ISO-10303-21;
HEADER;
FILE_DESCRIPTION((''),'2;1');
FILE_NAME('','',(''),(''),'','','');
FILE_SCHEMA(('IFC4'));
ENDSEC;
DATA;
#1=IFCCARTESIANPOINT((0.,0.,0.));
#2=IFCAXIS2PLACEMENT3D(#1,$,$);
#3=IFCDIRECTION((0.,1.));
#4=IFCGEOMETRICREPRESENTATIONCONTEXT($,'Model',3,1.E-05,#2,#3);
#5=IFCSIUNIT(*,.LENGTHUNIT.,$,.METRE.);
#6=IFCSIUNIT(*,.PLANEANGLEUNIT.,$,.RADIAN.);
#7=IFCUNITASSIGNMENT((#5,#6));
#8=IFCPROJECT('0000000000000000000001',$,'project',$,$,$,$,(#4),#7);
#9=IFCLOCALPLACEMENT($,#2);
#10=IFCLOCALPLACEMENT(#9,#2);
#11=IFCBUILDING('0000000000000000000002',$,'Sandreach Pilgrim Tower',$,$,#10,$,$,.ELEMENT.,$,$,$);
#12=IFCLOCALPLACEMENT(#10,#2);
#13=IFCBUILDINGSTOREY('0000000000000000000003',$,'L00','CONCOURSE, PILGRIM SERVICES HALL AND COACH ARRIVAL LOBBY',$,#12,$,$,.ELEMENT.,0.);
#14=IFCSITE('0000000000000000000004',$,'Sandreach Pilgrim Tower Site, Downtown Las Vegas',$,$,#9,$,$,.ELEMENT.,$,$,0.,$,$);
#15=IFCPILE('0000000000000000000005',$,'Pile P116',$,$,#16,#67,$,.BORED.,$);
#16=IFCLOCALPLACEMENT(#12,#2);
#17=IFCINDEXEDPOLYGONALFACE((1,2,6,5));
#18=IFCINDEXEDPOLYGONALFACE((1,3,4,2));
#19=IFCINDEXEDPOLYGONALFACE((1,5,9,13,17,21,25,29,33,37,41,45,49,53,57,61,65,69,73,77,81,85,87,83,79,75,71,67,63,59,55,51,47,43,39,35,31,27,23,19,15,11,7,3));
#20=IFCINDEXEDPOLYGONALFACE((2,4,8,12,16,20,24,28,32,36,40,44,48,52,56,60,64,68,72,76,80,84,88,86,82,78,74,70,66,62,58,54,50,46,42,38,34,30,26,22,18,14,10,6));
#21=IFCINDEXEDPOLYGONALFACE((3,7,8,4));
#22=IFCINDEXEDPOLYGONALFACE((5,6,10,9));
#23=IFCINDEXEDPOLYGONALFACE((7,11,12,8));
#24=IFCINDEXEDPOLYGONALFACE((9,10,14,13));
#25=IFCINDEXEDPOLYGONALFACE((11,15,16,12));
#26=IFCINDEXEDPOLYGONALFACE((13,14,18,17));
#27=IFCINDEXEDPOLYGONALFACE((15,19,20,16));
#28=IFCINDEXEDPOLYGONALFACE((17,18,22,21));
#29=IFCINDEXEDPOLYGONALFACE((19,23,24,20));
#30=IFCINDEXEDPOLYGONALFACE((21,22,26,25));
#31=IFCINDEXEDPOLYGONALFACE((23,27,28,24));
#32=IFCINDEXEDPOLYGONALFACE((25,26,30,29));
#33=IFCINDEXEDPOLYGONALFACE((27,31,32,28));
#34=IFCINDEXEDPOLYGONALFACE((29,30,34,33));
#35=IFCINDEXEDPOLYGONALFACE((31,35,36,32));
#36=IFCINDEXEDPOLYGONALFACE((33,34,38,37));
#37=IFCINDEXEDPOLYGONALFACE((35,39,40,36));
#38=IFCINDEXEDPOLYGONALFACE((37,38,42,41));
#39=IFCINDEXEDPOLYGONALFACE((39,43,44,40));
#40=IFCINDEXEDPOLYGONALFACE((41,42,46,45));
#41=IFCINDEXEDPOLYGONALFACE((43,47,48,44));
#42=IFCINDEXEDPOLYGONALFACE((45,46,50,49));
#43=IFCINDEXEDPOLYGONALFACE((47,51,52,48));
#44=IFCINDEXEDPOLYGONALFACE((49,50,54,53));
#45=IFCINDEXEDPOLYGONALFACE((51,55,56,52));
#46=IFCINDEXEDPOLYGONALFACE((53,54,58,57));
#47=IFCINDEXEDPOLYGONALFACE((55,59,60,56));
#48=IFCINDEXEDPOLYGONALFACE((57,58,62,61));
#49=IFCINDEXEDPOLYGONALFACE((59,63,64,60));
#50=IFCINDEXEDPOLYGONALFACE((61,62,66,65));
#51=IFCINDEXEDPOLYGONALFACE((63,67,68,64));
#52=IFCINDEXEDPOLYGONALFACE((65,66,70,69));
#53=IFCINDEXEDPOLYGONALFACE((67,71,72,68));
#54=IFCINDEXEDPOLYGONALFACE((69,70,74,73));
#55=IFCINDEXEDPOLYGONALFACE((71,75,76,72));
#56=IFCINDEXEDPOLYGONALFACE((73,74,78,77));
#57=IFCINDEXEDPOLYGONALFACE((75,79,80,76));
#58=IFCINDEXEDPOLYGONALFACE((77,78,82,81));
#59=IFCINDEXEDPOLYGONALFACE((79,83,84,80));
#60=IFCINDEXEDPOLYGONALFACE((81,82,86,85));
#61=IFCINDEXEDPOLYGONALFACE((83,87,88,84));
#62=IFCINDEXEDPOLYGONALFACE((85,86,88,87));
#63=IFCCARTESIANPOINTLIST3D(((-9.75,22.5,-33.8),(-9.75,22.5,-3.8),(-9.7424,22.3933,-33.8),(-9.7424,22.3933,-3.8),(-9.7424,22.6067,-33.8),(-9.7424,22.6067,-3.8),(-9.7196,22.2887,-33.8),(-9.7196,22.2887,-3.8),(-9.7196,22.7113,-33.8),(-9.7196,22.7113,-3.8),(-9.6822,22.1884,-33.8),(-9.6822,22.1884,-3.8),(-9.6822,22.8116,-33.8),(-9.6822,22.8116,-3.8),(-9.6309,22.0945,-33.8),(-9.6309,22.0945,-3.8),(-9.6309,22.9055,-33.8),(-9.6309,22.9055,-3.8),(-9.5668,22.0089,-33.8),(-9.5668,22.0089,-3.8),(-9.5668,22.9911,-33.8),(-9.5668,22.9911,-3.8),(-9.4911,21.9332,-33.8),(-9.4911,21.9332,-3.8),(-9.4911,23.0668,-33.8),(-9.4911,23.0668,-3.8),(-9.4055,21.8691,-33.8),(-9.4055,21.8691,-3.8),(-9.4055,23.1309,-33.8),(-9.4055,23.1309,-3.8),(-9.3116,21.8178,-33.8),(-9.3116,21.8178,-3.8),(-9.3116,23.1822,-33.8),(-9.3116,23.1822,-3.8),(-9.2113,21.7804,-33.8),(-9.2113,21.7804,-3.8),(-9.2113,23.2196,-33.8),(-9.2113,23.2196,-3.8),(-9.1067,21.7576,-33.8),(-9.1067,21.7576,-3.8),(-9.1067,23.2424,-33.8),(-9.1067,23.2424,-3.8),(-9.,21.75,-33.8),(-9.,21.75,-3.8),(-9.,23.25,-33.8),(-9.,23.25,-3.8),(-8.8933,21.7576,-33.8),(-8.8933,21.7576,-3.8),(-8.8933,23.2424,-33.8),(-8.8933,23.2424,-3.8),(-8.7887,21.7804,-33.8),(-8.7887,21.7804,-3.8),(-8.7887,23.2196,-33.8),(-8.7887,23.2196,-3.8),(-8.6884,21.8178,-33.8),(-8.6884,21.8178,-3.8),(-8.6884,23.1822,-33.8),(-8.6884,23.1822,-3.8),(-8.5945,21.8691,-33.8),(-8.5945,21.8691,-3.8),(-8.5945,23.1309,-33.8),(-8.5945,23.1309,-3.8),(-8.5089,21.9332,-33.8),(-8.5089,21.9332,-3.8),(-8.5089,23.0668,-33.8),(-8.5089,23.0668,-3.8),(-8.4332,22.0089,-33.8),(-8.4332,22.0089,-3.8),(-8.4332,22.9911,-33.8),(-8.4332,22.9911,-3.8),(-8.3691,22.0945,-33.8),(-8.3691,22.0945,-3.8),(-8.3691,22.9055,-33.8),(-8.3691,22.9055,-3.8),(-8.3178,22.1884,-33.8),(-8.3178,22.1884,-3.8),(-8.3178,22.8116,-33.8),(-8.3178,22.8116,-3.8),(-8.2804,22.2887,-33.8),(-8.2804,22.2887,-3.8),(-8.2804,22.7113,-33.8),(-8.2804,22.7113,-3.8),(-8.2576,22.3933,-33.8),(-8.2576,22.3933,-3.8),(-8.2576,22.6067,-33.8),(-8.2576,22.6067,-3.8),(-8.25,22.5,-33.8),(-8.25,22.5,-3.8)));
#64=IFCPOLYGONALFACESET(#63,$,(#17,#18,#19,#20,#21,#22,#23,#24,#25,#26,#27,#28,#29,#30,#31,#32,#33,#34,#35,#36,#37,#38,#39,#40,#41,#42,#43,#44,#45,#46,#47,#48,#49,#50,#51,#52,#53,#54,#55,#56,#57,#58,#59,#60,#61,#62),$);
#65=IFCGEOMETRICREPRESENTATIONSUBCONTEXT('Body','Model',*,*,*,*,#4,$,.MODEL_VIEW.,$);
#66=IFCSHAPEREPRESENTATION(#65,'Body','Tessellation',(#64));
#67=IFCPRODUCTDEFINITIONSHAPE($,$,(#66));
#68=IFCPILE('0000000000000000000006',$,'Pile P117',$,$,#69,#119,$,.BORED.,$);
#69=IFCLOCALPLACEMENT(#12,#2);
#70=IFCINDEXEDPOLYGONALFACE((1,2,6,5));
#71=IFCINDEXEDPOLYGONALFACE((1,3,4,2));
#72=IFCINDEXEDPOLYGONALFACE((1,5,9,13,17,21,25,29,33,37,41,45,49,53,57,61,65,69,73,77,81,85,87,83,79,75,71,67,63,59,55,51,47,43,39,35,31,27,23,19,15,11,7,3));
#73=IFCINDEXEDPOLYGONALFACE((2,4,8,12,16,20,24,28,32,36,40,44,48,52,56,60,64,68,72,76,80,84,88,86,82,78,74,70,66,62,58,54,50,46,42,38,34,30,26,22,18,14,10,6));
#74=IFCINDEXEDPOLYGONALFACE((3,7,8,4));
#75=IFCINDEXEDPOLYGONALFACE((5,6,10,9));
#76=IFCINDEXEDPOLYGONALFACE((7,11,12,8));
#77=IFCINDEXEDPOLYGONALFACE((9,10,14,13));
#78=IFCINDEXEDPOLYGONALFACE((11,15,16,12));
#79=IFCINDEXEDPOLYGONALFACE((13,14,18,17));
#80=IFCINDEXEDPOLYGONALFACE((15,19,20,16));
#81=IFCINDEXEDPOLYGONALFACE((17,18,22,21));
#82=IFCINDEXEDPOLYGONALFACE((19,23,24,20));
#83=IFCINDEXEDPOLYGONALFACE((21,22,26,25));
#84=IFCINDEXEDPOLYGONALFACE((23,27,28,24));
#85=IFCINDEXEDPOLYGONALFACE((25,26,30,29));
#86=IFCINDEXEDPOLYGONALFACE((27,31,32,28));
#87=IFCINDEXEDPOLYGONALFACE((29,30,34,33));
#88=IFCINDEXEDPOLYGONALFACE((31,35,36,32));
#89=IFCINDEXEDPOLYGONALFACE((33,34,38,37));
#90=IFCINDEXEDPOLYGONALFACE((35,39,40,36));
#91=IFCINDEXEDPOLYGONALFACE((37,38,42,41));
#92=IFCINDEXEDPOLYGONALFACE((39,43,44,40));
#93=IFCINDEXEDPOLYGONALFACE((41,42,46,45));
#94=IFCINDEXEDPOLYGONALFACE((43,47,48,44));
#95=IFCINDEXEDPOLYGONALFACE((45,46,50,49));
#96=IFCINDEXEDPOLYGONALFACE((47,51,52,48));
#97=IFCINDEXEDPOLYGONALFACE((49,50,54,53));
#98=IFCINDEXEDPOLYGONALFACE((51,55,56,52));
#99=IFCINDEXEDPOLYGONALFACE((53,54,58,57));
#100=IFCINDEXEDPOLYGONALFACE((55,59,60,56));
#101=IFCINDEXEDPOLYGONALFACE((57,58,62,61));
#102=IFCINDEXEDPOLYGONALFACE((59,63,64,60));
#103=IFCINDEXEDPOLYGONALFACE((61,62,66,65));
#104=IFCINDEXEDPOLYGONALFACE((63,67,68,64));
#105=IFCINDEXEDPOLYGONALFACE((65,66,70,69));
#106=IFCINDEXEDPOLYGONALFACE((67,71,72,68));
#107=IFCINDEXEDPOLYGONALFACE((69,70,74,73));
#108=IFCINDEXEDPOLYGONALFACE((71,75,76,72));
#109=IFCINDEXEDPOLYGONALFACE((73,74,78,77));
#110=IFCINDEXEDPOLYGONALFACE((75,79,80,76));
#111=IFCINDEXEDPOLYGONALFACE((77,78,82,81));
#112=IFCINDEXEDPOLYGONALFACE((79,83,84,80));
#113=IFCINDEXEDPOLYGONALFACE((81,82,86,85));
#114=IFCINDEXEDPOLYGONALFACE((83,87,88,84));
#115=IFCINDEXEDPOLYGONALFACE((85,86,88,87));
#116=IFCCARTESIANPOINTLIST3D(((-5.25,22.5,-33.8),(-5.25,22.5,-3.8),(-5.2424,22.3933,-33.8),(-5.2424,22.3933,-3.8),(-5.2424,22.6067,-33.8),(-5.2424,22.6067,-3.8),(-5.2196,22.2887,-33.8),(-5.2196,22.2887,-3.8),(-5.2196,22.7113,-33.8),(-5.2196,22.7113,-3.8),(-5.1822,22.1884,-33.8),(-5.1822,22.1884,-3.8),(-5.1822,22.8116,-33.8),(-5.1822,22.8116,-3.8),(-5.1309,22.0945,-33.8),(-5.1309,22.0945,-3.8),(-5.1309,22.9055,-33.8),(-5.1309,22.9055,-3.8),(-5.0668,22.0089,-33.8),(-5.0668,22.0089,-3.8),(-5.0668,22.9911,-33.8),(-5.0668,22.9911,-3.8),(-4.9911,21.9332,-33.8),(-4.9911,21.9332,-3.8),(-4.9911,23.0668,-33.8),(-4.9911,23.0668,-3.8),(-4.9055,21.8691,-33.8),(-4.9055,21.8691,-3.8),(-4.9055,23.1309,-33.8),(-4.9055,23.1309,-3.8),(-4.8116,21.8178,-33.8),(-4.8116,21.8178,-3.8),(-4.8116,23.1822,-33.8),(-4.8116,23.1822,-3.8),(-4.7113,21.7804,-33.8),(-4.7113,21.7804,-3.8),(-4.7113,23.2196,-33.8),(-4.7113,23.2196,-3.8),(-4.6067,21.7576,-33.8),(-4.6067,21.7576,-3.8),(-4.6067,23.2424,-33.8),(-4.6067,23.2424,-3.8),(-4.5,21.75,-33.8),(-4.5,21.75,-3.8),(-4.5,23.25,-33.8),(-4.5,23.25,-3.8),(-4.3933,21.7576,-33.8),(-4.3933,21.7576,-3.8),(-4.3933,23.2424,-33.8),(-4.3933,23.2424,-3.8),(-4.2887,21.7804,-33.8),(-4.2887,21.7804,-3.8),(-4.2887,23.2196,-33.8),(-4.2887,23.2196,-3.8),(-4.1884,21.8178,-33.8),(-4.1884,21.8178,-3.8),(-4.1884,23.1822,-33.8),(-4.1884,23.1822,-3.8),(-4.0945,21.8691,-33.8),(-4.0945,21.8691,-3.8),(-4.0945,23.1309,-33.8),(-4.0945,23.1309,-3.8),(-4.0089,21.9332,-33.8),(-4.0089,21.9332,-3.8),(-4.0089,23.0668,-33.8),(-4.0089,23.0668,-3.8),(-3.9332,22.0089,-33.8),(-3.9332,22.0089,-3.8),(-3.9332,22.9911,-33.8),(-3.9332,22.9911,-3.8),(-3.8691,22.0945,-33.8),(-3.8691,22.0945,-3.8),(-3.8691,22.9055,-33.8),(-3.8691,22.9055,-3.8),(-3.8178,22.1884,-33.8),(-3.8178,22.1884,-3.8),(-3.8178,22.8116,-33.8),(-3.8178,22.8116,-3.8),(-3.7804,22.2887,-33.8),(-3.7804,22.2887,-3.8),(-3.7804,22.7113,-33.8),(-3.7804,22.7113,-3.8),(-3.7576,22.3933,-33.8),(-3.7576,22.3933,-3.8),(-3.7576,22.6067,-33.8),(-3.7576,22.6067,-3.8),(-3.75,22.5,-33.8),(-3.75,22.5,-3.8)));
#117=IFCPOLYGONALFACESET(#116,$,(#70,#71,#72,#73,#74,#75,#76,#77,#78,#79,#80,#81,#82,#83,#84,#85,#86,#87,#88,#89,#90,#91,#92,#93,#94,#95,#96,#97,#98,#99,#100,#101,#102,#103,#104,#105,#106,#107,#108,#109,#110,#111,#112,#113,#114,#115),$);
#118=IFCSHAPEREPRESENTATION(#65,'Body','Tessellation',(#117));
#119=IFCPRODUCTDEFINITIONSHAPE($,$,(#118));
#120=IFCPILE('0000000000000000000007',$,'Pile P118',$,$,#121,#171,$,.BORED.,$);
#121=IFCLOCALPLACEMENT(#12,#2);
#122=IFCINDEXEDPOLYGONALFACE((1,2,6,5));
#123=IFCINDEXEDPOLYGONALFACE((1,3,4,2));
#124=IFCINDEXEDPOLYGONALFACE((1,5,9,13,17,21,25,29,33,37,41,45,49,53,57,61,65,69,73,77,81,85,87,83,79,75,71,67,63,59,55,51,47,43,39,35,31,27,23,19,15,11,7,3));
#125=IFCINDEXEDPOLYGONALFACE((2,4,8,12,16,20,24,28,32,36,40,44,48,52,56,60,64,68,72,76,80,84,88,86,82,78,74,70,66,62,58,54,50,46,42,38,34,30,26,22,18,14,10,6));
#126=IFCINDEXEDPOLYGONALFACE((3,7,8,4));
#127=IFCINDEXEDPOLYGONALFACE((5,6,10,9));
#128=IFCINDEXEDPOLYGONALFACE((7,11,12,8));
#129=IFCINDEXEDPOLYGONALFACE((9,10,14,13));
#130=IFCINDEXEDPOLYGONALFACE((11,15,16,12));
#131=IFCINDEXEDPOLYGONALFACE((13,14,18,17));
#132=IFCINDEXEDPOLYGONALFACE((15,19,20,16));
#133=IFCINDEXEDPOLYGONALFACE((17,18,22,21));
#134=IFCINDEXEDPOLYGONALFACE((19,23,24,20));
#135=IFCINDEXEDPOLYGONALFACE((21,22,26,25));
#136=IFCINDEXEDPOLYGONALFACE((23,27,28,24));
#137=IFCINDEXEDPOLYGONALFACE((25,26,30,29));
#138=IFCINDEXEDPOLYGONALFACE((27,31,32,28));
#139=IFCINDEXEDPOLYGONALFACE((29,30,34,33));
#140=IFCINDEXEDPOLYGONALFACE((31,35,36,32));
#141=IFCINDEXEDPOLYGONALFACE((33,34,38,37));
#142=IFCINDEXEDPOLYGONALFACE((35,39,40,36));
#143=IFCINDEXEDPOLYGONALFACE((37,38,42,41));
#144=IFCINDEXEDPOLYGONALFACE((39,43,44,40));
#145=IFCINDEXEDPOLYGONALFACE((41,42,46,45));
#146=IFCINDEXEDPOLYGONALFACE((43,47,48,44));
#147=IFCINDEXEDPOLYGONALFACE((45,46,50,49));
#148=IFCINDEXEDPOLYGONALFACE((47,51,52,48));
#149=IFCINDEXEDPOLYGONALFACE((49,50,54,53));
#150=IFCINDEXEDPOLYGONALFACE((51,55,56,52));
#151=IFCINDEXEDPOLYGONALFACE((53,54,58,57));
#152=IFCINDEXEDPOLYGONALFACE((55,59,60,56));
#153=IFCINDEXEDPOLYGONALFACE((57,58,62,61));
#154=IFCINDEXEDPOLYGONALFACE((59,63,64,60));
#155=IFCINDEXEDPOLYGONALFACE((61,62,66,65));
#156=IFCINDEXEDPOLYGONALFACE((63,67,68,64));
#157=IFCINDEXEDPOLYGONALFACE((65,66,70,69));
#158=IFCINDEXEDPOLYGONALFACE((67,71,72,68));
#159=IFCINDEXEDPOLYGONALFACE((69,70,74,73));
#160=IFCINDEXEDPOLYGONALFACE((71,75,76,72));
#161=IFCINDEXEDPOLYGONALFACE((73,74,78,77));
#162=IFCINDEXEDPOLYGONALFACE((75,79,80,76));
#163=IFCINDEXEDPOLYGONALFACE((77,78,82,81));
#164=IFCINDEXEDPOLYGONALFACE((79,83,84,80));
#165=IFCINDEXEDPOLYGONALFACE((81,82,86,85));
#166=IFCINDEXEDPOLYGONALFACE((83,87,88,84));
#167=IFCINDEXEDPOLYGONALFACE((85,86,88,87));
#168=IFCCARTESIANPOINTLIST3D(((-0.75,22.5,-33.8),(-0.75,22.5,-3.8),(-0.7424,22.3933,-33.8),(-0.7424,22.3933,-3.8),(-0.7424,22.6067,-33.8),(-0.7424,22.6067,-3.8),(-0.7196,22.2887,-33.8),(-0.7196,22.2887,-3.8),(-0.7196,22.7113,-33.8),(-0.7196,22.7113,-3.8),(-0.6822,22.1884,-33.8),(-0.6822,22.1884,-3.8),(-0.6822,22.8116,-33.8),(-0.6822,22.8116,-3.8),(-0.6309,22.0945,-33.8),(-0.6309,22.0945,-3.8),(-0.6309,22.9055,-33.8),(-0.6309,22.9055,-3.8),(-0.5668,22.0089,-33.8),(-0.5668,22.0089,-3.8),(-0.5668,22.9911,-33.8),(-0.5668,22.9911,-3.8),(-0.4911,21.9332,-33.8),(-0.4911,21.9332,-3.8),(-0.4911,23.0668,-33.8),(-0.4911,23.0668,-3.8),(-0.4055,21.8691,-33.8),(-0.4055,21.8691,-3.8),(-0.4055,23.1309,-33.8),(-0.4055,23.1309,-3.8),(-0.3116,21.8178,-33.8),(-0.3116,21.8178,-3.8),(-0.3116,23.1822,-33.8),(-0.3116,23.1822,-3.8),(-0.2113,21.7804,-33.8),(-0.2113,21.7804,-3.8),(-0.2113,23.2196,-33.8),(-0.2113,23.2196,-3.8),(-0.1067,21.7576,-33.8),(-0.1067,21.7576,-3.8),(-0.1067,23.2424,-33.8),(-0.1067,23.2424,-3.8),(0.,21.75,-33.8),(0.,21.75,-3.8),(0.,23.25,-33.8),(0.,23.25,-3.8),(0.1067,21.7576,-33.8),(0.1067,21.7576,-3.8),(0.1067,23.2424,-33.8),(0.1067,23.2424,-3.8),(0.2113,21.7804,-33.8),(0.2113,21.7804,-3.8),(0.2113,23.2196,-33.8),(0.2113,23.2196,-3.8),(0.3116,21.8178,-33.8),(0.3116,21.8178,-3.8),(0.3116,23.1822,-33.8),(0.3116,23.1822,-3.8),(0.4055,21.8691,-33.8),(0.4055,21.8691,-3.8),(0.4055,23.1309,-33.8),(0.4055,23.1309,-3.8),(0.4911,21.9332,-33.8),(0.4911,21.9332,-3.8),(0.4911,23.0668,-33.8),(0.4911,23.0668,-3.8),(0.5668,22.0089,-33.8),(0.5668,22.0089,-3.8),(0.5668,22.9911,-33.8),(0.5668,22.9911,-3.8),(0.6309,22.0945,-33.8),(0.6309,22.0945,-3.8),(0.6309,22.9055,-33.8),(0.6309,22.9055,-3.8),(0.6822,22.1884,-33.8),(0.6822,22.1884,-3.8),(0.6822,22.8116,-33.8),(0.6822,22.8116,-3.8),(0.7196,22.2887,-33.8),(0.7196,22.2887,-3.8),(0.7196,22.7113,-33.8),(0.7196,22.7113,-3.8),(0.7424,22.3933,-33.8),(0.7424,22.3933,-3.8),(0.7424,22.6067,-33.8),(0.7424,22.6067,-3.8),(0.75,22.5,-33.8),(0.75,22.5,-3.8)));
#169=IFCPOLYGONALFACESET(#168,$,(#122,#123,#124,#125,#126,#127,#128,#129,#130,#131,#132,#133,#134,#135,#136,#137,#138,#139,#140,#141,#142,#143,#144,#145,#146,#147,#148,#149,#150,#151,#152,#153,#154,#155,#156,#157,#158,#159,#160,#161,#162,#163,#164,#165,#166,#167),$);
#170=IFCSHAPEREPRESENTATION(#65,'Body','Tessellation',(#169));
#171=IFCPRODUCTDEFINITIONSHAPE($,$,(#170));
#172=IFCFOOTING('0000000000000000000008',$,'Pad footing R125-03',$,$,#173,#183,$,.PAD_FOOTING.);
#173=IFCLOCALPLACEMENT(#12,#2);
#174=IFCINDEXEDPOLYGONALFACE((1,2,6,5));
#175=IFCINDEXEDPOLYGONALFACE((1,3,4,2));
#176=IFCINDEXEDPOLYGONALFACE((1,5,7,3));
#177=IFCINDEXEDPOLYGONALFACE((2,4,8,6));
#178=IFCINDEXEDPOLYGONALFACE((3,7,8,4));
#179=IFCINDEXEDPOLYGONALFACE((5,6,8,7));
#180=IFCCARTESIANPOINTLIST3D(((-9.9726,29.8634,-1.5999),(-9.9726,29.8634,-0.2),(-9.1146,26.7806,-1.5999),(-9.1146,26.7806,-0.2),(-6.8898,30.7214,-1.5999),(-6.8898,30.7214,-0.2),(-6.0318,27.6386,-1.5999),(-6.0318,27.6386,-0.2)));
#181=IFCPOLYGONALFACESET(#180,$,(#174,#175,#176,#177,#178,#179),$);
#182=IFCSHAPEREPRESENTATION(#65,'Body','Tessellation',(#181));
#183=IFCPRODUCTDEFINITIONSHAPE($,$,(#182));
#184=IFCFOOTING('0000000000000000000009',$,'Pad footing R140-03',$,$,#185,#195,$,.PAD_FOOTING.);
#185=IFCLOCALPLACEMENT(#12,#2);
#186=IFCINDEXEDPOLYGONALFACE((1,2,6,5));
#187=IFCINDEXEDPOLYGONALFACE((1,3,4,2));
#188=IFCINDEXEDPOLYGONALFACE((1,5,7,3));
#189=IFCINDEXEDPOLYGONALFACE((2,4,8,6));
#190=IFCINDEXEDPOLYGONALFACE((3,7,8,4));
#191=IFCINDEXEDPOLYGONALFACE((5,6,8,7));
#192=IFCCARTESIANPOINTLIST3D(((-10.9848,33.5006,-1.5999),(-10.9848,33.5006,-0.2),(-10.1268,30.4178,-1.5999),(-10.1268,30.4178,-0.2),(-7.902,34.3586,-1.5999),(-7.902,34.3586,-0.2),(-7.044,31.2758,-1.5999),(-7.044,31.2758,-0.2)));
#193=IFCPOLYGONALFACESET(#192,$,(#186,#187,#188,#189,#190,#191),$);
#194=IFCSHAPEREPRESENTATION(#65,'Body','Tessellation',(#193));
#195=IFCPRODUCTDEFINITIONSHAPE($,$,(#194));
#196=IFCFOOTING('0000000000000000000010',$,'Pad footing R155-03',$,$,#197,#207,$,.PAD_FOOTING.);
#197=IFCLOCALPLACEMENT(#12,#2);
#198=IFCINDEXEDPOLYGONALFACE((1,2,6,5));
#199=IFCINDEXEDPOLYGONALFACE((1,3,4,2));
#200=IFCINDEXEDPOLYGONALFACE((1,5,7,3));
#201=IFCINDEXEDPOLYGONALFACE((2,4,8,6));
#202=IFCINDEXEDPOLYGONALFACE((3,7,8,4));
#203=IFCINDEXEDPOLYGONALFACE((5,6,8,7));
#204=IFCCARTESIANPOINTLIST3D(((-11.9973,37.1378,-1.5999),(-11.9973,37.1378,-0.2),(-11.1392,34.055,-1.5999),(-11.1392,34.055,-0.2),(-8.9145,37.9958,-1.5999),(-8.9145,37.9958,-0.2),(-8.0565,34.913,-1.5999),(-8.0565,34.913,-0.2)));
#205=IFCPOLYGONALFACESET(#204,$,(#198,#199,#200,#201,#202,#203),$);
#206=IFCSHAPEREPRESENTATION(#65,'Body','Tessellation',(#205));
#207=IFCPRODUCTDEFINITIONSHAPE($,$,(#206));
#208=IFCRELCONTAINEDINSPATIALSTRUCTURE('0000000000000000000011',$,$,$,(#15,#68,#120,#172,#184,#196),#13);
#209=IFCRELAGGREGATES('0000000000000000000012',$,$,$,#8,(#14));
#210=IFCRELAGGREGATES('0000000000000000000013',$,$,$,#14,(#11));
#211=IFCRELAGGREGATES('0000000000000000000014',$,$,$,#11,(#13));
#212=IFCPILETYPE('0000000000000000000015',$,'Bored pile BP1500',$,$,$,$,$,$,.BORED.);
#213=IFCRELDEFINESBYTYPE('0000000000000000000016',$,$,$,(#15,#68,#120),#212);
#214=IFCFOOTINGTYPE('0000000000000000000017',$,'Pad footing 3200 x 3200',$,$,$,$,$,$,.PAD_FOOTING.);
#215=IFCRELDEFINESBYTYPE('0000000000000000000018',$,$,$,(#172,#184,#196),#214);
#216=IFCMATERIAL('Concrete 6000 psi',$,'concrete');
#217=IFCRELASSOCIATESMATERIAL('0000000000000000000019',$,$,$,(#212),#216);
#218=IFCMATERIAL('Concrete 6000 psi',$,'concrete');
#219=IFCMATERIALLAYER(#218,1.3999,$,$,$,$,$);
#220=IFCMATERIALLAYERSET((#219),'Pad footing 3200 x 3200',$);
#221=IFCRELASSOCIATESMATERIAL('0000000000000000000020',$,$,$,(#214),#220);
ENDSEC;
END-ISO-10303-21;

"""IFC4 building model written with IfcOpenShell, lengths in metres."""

from ifc_helpers import new_model, si_unit, direction, frame, origin, origin_2d, place, context, subcontext, project, spatial, rectangle, circle, extrude, material, layer, layer_set, material_profile, profile_set, type_object, element, save


model = new_model("IFC4")

# Units and contexts
model_context = context("Model", 3, precision=1e-05, world=origin(), true_north=direction((0.0, 1.0)))
body_context = subcontext(model_context, "Body", "Model", "MODEL_VIEW")
ifc_project = project(units=[si_unit("LENGTHUNIT", "METRE"), si_unit("PLANEANGLEUNIT", "RADIAN")], contexts=[model_context])

# Site, building, storey
site_placement = place(None, origin())
site = spatial("IfcSite", under=ifc_project, at=site_placement, Name="Sandreach Pilgrim Tower Site, Downtown Las Vegas", CompositionType="ELEMENT", RefElevation=0.0)
building_placement = place(site_placement, origin())
building = spatial("IfcBuilding", under=site, at=building_placement, Name="Sandreach Pilgrim Tower", CompositionType="ELEMENT")
storey_placement = place(building_placement, origin())
storey = spatial("IfcBuildingStorey", under=building, at=storey_placement, Name="L00", Description="CONCOURSE, PILGRIM SERVICES HALL AND COACH ARRIVAL LOBBY", CompositionType="ELEMENT", Elevation=0.0)

# Piles
ifc_material_1 = material(Name="Concrete 6000 psi", Category="concrete")
ifc_material_profile_1 = material_profile(ifc_material_1, circle(Radius=0.75, at=origin_2d()), Name="BP1500")
ifc_profile_set_1 = profile_set([ifc_material_profile_1], Name="Concrete 6000 psi")
pile_type = type_object("IfcPileType", Name="Bored pile BP1500", PredefinedType="BORED", material=ifc_profile_set_1)
for number, where, z_axis, x_axis, name in (
    (1, (-9.0, 22.5, -3.8), (0.0, 0.0, -1.0), (1.0, 0.0, 0.0), "Pile P116"),
    (2, (-4.5, 22.5, -3.8), (0.0, 0.0, -1.0), (1.0, 0.0, 0.0), "Pile P117"),
    (3, (0.0, 22.5, -3.8), (0.0, 0.0, -1.0), (1.0, 0.0, 0.0), "Pile P118"),
):
    element("IfcPile", number, at=place(storey_placement, frame(where, z_axis=z_axis, x_axis=x_axis)), inside=storey, type_object=pile_type, Name=name, PredefinedType="BORED", context=body_context, shape_type="SweptSolid", body=[
        extrude(circle(Radius=0.75, at=origin_2d()), origin(), (0.0, 0.0, 1.0), 30.0),
    ])

# Footings
ifc_material_2 = material(Name="Concrete 6000 psi", Category="concrete")
ifc_layer_1 = layer(ifc_material_2, 1.3999)
ifc_layer_set_1 = layer_set([ifc_layer_1], Name="Pad footing 3200 x 3200")
footing_type = type_object("IfcFootingType", Name="Pad footing 3200 x 3200", PredefinedType="PAD_FOOTING", material=ifc_layer_set_1)
for number, where, z_axis, x_axis, name in (
    (4, (-8.0022, 28.751, -1.5999), (0.0, 0.0, 1.0), (-0.268135, 0.963381, 0.0), "Pad footing R125-03"),
    (5, (-9.0144, 32.3882, -1.5999), (0.0, 0.0, 1.0), (-0.268135, 0.963381, 0.0), "Pad footing R140-03"),
    (6, (-10.0269, 36.0254, -1.5999), (0.0, 0.0, 1.0), (-0.268135, 0.963381, 0.0), "Pad footing R155-03"),
):
    element("IfcFooting", number, at=place(storey_placement, frame(where, z_axis=z_axis, x_axis=x_axis)), inside=storey, type_object=footing_type, Name=name, PredefinedType="PAD_FOOTING", context=body_context, shape_type="SweptSolid", body=[
        extrude(rectangle(XDim=3.2, YDim=3.2, at=origin_2d()), origin(), (0.0, 0.0, 1.0), 1.3999),
    ])

save(model, "model.ifc")
